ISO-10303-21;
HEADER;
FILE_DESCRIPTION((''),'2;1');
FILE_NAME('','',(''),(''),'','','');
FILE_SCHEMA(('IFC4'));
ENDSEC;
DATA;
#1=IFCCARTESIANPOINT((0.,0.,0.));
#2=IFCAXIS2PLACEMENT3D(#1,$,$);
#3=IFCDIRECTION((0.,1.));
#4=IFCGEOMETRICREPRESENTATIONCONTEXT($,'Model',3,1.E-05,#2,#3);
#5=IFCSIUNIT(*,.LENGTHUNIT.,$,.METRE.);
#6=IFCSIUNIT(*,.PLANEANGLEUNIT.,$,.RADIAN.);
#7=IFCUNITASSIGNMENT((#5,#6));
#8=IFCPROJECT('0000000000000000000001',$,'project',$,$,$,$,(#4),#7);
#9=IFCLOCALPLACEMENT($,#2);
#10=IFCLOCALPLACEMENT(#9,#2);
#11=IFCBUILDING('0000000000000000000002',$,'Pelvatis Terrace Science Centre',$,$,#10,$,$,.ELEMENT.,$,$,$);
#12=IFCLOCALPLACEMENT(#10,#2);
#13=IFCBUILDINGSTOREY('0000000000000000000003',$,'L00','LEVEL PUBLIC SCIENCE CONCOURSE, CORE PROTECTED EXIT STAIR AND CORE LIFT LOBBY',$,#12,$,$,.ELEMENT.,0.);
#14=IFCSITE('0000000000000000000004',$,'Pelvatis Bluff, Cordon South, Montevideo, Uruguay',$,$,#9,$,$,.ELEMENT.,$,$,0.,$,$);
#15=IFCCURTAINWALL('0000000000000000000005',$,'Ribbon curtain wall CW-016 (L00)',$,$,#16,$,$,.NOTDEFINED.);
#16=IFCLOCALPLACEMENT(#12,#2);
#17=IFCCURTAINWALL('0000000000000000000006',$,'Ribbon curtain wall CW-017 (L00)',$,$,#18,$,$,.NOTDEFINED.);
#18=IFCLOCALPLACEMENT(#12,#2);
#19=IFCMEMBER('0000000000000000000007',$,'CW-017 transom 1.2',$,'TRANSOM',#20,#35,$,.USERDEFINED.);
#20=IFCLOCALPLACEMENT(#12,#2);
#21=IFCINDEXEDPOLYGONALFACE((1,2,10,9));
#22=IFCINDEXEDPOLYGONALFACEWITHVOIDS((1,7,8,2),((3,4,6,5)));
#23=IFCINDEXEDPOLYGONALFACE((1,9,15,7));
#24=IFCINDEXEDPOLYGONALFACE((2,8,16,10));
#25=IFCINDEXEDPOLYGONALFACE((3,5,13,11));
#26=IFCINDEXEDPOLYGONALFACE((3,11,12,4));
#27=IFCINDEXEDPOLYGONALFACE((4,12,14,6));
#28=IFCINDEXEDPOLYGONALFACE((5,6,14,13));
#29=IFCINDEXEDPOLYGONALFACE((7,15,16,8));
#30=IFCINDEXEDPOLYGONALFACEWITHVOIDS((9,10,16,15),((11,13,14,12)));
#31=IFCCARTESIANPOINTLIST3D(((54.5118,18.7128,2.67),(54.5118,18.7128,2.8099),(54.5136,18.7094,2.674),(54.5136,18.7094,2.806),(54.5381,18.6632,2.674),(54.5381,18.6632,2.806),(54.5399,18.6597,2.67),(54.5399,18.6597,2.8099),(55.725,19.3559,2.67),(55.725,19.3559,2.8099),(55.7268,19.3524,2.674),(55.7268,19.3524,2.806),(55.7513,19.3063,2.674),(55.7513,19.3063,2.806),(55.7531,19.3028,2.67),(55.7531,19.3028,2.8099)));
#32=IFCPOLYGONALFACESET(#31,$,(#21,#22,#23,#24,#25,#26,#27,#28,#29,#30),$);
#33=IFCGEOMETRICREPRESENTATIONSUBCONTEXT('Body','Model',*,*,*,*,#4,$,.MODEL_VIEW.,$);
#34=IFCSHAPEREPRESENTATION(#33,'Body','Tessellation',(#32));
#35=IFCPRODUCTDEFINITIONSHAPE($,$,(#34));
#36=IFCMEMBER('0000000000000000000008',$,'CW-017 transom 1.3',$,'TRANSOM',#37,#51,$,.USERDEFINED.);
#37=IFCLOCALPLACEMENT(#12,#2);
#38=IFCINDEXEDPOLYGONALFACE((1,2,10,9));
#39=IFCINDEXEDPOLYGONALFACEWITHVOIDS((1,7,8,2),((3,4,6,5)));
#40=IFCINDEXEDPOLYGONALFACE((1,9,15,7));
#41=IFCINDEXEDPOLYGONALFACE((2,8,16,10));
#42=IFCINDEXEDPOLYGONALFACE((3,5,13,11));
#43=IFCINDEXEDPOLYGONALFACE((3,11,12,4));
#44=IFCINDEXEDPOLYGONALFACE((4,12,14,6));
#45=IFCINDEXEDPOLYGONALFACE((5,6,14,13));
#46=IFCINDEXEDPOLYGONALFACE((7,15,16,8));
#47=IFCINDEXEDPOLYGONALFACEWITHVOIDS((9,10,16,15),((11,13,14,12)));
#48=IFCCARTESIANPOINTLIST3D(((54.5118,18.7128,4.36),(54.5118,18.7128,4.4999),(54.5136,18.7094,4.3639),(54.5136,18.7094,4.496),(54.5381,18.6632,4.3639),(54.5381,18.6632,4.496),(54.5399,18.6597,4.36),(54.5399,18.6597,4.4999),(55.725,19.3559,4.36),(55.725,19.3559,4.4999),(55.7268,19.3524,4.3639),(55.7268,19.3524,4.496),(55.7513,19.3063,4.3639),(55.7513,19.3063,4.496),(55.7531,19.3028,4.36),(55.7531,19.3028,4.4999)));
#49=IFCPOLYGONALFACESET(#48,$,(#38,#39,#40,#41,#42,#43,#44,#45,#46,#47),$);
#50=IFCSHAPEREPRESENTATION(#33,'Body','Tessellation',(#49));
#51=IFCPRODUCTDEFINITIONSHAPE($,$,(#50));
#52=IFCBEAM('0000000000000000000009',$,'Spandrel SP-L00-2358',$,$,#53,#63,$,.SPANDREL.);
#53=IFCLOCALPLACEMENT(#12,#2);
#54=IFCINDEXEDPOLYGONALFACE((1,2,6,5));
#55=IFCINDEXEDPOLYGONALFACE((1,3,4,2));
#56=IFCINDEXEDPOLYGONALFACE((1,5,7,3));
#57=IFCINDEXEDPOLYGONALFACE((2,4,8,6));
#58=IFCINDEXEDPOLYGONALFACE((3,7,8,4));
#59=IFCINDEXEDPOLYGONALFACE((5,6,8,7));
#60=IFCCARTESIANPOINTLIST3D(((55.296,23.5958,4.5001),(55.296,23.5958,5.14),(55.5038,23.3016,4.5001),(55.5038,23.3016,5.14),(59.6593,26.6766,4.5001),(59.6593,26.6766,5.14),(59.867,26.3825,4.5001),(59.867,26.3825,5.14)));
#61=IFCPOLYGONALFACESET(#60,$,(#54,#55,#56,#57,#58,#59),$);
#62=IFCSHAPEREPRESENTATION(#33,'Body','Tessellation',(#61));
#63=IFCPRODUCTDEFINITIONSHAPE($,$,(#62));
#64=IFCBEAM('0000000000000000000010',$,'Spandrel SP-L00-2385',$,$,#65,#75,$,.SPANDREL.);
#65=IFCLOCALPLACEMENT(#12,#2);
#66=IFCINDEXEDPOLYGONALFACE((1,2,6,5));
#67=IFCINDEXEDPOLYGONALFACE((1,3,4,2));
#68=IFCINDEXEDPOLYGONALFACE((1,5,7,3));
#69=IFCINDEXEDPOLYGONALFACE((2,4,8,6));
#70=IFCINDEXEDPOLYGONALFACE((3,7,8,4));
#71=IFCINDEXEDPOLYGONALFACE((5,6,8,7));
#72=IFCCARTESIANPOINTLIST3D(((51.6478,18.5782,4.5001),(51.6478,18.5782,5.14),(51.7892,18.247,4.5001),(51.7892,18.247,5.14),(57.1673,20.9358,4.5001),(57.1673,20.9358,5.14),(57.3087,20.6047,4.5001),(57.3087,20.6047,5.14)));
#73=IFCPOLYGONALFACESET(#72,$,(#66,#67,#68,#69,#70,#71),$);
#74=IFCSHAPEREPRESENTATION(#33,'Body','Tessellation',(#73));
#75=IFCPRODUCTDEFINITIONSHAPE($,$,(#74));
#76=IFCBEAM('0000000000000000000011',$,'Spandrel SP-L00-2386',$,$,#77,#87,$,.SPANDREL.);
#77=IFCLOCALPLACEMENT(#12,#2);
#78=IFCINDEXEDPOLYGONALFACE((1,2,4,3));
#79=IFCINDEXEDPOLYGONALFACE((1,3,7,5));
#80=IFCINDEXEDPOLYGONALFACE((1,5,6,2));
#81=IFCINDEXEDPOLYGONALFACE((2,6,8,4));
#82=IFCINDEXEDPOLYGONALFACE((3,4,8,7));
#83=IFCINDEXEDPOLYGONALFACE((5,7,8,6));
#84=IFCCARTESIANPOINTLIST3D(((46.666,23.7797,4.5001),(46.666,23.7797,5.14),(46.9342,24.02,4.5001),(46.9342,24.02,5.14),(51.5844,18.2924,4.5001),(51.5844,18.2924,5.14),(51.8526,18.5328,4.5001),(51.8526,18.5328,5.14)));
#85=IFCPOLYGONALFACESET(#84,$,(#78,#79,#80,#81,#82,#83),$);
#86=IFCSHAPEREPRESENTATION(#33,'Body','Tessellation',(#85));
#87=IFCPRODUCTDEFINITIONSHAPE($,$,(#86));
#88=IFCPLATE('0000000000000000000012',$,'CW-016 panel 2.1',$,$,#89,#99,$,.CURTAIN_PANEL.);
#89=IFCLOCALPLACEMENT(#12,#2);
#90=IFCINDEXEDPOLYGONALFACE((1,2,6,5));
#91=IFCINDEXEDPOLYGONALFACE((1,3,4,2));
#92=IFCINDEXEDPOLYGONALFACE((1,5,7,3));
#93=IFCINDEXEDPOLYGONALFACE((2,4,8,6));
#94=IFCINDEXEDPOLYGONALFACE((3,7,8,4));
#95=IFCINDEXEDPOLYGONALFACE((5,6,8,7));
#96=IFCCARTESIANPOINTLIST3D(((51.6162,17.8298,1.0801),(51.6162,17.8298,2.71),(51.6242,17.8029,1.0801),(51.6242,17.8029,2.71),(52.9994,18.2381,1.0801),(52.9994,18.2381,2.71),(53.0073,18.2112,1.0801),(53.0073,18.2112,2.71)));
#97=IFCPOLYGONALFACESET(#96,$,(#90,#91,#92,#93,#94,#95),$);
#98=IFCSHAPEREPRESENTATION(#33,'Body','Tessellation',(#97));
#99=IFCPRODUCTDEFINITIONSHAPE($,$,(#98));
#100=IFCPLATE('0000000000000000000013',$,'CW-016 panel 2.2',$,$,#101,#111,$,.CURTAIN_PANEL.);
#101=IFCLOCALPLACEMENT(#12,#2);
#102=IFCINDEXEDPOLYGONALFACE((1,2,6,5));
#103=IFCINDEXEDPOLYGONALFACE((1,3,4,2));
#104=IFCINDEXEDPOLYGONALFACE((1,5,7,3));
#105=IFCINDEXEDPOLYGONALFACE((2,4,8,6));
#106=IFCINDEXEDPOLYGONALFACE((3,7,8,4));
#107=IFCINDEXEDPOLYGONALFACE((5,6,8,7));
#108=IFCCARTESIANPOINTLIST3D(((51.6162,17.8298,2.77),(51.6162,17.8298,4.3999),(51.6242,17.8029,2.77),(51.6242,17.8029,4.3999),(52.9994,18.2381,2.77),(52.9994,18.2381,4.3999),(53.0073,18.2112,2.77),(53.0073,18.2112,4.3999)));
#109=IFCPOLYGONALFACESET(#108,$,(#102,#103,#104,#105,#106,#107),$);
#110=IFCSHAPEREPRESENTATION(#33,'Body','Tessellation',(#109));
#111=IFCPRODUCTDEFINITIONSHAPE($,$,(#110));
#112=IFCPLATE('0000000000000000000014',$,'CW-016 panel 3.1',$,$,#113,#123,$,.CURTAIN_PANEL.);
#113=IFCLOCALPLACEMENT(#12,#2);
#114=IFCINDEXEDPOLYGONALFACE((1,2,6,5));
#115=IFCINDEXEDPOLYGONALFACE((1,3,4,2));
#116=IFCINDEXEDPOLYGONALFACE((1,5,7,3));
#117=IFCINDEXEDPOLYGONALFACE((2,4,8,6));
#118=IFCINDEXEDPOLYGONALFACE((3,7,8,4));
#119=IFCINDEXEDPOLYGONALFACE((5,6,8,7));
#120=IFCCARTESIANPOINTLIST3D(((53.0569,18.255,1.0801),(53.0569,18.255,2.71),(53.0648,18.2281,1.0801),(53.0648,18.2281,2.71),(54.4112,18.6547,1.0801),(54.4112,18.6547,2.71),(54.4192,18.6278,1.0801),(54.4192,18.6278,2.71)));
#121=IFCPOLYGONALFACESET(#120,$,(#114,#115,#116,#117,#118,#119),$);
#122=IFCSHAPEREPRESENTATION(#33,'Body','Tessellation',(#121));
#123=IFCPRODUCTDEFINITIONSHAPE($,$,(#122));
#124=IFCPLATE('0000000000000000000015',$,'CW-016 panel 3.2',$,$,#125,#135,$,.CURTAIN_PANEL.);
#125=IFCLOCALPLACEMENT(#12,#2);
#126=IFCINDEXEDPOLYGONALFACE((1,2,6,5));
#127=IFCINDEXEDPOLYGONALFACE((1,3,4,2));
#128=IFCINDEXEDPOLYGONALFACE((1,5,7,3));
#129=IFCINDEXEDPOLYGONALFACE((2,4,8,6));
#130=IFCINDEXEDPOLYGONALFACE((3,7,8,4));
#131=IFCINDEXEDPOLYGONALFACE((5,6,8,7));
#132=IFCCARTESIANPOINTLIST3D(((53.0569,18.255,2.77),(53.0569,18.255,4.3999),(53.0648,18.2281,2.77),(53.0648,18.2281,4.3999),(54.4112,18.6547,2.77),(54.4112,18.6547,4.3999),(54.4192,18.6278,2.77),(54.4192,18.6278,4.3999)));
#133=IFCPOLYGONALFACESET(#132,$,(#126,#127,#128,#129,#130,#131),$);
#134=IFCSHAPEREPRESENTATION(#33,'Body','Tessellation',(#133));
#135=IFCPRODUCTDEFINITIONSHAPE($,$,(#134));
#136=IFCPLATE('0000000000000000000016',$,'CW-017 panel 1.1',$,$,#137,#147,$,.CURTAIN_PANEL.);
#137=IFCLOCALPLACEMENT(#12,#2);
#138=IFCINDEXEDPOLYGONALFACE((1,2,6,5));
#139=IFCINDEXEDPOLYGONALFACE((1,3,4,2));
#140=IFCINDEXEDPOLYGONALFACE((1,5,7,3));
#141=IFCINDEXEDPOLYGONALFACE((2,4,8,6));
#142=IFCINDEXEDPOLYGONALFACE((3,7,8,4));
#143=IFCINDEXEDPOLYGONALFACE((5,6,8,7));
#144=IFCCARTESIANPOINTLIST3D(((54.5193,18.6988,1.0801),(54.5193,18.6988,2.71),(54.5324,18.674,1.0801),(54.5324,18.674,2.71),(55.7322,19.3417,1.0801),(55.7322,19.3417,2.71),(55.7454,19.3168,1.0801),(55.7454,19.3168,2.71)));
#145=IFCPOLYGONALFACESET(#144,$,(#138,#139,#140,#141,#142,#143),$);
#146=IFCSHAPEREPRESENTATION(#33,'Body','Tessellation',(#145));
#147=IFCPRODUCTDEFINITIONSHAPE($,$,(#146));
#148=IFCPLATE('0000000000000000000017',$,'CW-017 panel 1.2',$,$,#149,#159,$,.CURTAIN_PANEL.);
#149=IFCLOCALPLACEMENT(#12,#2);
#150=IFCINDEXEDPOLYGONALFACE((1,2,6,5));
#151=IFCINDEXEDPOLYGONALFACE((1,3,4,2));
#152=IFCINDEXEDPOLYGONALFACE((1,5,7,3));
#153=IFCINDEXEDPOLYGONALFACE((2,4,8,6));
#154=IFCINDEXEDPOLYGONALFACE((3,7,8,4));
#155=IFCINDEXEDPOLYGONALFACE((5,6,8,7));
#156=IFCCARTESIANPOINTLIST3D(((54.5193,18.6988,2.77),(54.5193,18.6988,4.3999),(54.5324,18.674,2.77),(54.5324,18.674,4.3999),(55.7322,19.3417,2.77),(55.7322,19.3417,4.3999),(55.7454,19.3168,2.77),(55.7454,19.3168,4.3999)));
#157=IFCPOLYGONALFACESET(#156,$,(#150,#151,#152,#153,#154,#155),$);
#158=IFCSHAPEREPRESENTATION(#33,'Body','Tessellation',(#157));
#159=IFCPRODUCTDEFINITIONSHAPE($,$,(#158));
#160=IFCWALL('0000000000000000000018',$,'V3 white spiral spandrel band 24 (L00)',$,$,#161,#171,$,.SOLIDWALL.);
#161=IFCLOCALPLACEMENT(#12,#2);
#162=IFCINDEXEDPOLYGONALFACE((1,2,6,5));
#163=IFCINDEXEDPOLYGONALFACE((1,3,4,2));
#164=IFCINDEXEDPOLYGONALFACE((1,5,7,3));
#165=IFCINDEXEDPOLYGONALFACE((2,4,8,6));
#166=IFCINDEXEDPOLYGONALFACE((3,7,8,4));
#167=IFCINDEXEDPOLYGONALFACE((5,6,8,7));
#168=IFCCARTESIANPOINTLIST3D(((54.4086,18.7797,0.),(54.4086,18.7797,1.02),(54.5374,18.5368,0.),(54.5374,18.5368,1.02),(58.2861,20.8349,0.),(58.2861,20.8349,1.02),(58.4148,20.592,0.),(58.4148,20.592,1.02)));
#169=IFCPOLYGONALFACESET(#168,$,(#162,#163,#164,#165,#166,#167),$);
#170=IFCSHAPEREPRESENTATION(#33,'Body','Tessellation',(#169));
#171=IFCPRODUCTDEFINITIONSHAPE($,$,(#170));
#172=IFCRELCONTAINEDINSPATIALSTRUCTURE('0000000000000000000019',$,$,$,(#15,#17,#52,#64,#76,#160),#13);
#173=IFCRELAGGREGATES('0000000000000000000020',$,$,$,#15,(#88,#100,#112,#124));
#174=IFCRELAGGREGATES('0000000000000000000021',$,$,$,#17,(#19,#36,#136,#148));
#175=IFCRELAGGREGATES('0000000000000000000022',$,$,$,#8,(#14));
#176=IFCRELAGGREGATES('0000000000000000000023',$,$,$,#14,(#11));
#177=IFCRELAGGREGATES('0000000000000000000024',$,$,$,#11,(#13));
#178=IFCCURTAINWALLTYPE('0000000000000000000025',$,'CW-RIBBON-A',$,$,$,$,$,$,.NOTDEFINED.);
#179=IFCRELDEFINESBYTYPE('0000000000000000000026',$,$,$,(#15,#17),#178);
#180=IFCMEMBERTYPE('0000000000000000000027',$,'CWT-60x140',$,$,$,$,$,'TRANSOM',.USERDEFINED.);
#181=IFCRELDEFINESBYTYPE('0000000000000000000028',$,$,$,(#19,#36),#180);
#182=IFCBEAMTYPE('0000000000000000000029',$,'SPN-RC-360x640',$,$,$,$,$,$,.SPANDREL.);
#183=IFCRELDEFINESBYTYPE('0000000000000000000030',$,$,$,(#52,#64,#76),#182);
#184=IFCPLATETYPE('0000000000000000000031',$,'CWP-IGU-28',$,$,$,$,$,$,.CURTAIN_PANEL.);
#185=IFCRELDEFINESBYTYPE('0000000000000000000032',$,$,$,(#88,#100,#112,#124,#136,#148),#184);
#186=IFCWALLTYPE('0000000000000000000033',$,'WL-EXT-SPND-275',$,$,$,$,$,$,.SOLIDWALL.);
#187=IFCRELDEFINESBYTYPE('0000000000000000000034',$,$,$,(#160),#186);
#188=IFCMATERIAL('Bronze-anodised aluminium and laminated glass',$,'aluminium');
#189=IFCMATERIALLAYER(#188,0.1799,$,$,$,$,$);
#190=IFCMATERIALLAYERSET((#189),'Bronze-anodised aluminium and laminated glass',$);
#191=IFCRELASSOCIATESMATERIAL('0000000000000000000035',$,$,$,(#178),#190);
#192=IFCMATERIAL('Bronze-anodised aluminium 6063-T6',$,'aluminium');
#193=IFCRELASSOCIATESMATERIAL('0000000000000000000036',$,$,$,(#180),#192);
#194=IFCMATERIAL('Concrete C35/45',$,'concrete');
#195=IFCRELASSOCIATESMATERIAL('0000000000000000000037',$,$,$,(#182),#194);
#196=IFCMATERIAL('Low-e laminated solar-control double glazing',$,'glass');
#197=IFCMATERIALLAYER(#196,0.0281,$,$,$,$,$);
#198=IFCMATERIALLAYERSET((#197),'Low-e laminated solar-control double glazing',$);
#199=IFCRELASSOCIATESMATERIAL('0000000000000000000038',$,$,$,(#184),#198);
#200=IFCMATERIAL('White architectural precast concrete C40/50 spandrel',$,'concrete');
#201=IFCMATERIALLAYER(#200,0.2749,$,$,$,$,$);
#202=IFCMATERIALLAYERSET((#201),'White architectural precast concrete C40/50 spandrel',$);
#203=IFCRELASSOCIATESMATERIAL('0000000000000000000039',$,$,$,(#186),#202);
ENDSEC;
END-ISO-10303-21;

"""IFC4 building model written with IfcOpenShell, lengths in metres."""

from ifc_helpers import new_model, si_unit, direction, frame, frame_2d, origin, origin_2d, place, context, subcontext, project, spatial, rectangle, hollow_rectangle, extrude, material, layer, layer_set, material_profile, profile_set, type_object, element, aggregate, save


model = new_model("IFC4")

# Units and contexts
model_context = context("Model", 3, precision=1e-05, world=origin(), true_north=direction((0.0, 1.0)))
body_context = subcontext(model_context, "Body", "Model", "MODEL_VIEW")
ifc_project = project(units=[si_unit("LENGTHUNIT", "METRE"), si_unit("PLANEANGLEUNIT", "RADIAN")], contexts=[model_context])

# Site, building, storey
site_placement = place(None, origin())
site = spatial("IfcSite", under=ifc_project, at=site_placement, Name="Pelvatis Bluff, Cordon South, Montevideo, Uruguay", CompositionType="ELEMENT", RefElevation=0.0)
building_placement = place(site_placement, origin())
building = spatial("IfcBuilding", under=site, at=building_placement, Name="Pelvatis Terrace Science Centre", CompositionType="ELEMENT")
storey_placement = place(building_placement, origin())
storey = spatial("IfcBuildingStorey", under=building, at=storey_placement, Name="L00", Description="LEVEL PUBLIC SCIENCE CONCOURSE, CORE PROTECTED EXIT STAIR AND CORE LIFT LOBBY", CompositionType="ELEMENT", Elevation=0.0)

# Curtain wall
ifc_material_1 = material(Name="Bronze-anodised aluminium and laminated glass", Category="aluminium")
ifc_layer_1 = layer(ifc_material_1, 0.1799)
ifc_layer_set_1 = layer_set([ifc_layer_1], Name="Bronze-anodised aluminium and laminated glass")
curtain_wall_type = type_object("IfcCurtainWallType", Name="CW-RIBBON-A", PredefinedType="NOTDEFINED", material=ifc_layer_set_1)
curtain_wall_1_placement = place(storey_placement, origin())
curtain_wall_1 = element("IfcCurtainWall", 1, at=curtain_wall_1_placement, inside=storey, type_object=curtain_wall_type, Name="Ribbon curtain wall CW-016 (L00)", PredefinedType="NOTDEFINED")

# Curtain wall
curtain_wall_2_placement = place(storey_placement, origin())
curtain_wall_2 = element("IfcCurtainWall", 2, at=curtain_wall_2_placement, inside=storey, type_object=curtain_wall_type, Name="Ribbon curtain wall CW-017 (L00)", PredefinedType="NOTDEFINED")

# Members
ifc_material_2 = material(Name="Bronze-anodised aluminium 6063-T6", Category="aluminium")
ifc_material_profile_1 = material_profile(ifc_material_2, hollow_rectangle(XDim=0.0601, YDim=0.1399, WallThickness=0.0039, at=origin_2d()), Name="ALU-TRN 60x140")
ifc_profile_set_1 = profile_set([ifc_material_profile_1], Name="Bronze-anodised aluminium 6063-T6")
member_type_1 = type_object("IfcMemberType", Name="CWT-60x140", ElementType="TRANSOM", PredefinedType="USERDEFINED", material=ifc_profile_set_1)
member_1_placement = place(storey_placement, frame((54.5259, 18.6863, 2.74), z_axis=(0.883541, 0.468353, 0.0), x_axis=(-0.468353, 0.883541, 0.0)))
member_1 = element("IfcMember", 3, at=member_1_placement, type_object=member_type_1, Name="CW-017 transom 1.2", ObjectType="TRANSOM", PredefinedType="USERDEFINED", context=body_context, shape_type="SweptSolid", body=[
    extrude(hollow_rectangle(XDim=0.0601, YDim=0.1399, WallThickness=0.0039, at=origin_2d()), origin(), (0.0, 0.0, 1.0), 1.373),
])
member_2_placement = place(storey_placement, frame((54.5259, 18.6863, 4.4299), z_axis=(0.883541, 0.468353, 0.0), x_axis=(-0.468353, 0.883541, 0.0)))
member_2 = element("IfcMember", 4, at=member_2_placement, type_object=member_type_1, Name="CW-017 transom 1.3", ObjectType="TRANSOM", PredefinedType="USERDEFINED", context=body_context, shape_type="SweptSolid", body=[
    extrude(hollow_rectangle(XDim=0.0601, YDim=0.1399, WallThickness=0.0039, at=origin_2d()), origin(), (0.0, 0.0, 1.0), 1.373),
])

# Beams
ifc_material_3 = material(Name="Concrete C35/45", Category="concrete")
ifc_material_profile_2 = material_profile(ifc_material_3, rectangle(XDim=0.3601, YDim=0.6399, at=origin_2d()), Name="RC-SPN 360x640")
ifc_profile_set_2 = profile_set([ifc_material_profile_2], Name="Concrete C35/45")
beam_type = type_object("IfcBeamType", Name="SPN-RC-360x640", PredefinedType="SPANDREL", material=ifc_profile_set_2)
beam_1_placement = place(storey_placement, frame((55.3999, 23.4487, 4.8201), z_axis=(0.816893, 0.576789, 0.0), x_axis=(-0.576789, 0.816893, 0.0)))
element("IfcBeam", 5, at=beam_1_placement, inside=storey, type_object=beam_type, Name="Spandrel SP-L00-2358", PredefinedType="SPANDREL", context=body_context, shape_type="SweptSolid", body=[
    extrude(rectangle(XDim=0.3601, YDim=0.6399, at=origin_2d()), origin(), (0.0, 0.0, 1.0), 5.3413),
])
beam_2_placement = place(storey_placement, frame((51.7185, 18.4126, 4.8201), z_axis=(0.919618, 0.392814, 0.0), x_axis=(-0.392814, 0.919618, 0.0)))
element("IfcBeam", 6, at=beam_2_placement, inside=storey, type_object=beam_type, Name="Spandrel SP-L00-2385", PredefinedType="SPANDREL", context=body_context, shape_type="SweptSolid", body=[
    extrude(rectangle(XDim=0.3601, YDim=0.6399, at=origin_2d()), origin(), (0.0, 0.0, 1.0), 6.002),
])
beam_3_placement = place(storey_placement, frame((51.7185, 18.4126, 4.8201), z_axis=(-0.667455, 0.74465, 0.0), x_axis=(-0.74465, -0.667455, 0.0)))
element("IfcBeam", 7, at=beam_3_placement, inside=storey, type_object=beam_type, Name="Spandrel SP-L00-2386", PredefinedType="SPANDREL", context=body_context, shape_type="SweptSolid", body=[
    extrude(rectangle(XDim=0.3601, YDim=0.6399, at=origin_2d()), origin(), (0.0, 0.0, 1.0), 7.3689),
])

# Plates
ifc_material_4 = material(Name="Low-e laminated solar-control double glazing", Category="glass")
ifc_layer_2 = layer(ifc_material_4, 0.0281)
ifc_layer_set_2 = layer_set([ifc_layer_2], Name="Low-e laminated solar-control double glazing")
plate_type = type_object("IfcPlateType", Name="CWP-IGU-28", PredefinedType="CURTAIN_PANEL", material=ifc_layer_set_2)
plate_1_placement = place(storey_placement, frame((52.3118, 18.0205, 1.0801), z_axis=(0.0, 0.0, 1.0), x_axis=(0.959093, 0.283092, 0.0)))
plate_1 = element("IfcPlate", 8, at=plate_1_placement, type_object=plate_type, Name="CW-016 panel 2.1", PredefinedType="CURTAIN_PANEL", context=body_context, shape_type="SweptSolid", body=[
    extrude(rectangle(XDim=1.4421, YDim=0.0281, at=origin_2d()), origin(), (0.0, 0.0, 1.0), 1.6299),
])
plate_2_placement = place(storey_placement, frame((52.3118, 18.0205, 2.77), z_axis=(0.0, 0.0, 1.0), x_axis=(0.959093, 0.283092, 0.0)))
plate_2 = element("IfcPlate", 9, at=plate_2_placement, type_object=plate_type, Name="CW-016 panel 2.2", PredefinedType="CURTAIN_PANEL", context=body_context, shape_type="SweptSolid", body=[
    extrude(rectangle(XDim=1.4421, YDim=0.0281, at=origin_2d()), origin(), (0.0, 0.0, 1.0), 1.6299),
])
plate_3_placement = place(storey_placement, frame((53.738, 18.4414, 1.0801), z_axis=(0.0, 0.0, 1.0), x_axis=(0.959093, 0.283092, 0.0)))
plate_3 = element("IfcPlate", 10, at=plate_3_placement, type_object=plate_type, Name="CW-016 panel 3.1", PredefinedType="CURTAIN_PANEL", context=body_context, shape_type="SweptSolid", body=[
    extrude(rectangle(XDim=1.4121, YDim=0.0281, at=origin_2d()), origin(), (0.0, 0.0, 1.0), 1.6299),
])
plate_4_placement = place(storey_placement, frame((53.738, 18.4414, 2.77), z_axis=(0.0, 0.0, 1.0), x_axis=(0.959093, 0.283092, 0.0)))
plate_4 = element("IfcPlate", 11, at=plate_4_placement, type_object=plate_type, Name="CW-016 panel 3.2", PredefinedType="CURTAIN_PANEL", context=body_context, shape_type="SweptSolid", body=[
    extrude(rectangle(XDim=1.4121, YDim=0.0281, at=origin_2d()), origin(), (0.0, 0.0, 1.0), 1.6299),
])
aggregate(curtain_wall_1, [plate_1, plate_2, plate_3, plate_4])
plate_5_placement = place(storey_placement, frame((55.1323, 19.0078, 1.0801), z_axis=(0.0, 0.0, 1.0), x_axis=(0.883571, 0.468298, 0.0)))
plate_5 = element("IfcPlate", 12, at=plate_5_placement, type_object=plate_type, Name="CW-017 panel 1.1", PredefinedType="CURTAIN_PANEL", context=body_context, shape_type="SweptSolid", body=[
    extrude(rectangle(XDim=1.3728, YDim=0.0281, at=origin_2d()), origin(), (0.0, 0.0, 1.0), 1.6299),
])
plate_6_placement = place(storey_placement, frame((55.1323, 19.0078, 2.77), z_axis=(0.0, 0.0, 1.0), x_axis=(0.883571, 0.468298, 0.0)))
plate_6 = element("IfcPlate", 13, at=plate_6_placement, type_object=plate_type, Name="CW-017 panel 1.2", PredefinedType="CURTAIN_PANEL", context=body_context, shape_type="SweptSolid", body=[
    extrude(rectangle(XDim=1.3728, YDim=0.0281, at=origin_2d()), origin(), (0.0, 0.0, 1.0), 1.6299),
])
aggregate(curtain_wall_2, [member_1, member_2, plate_5, plate_6])

# Wall
ifc_material_5 = material(Name="White architectural precast concrete C40/50 spandrel", Category="concrete")
ifc_layer_3 = layer(ifc_material_5, 0.2749)
ifc_layer_set_3 = layer_set([ifc_layer_3], Name="White architectural precast concrete C40/50 spandrel")
wall_type = type_object("IfcWallType", Name="WL-EXT-SPND-275", PredefinedType="SOLIDWALL", material=ifc_layer_set_3)
wall_placement = place(storey_placement, frame((54.4729, 18.6582, 0.0), z_axis=(0.0, 0.0, 1.0), x_axis=(0.88356, 0.468317, 0.0)))
element("IfcWall", 14, at=wall_placement, inside=storey, type_object=wall_type, Name="V3 white spiral spandrel band 24 (L00)", PredefinedType="SOLIDWALL", context=body_context, shape_type="SweptSolid", body=[
    extrude(rectangle(XDim=4.3884, YDim=0.2749, at=frame_2d((2.1943, 0.0))), origin(), (0.0, 0.0, 1.0), 1.02),
])

save(model, "model.ifc")
